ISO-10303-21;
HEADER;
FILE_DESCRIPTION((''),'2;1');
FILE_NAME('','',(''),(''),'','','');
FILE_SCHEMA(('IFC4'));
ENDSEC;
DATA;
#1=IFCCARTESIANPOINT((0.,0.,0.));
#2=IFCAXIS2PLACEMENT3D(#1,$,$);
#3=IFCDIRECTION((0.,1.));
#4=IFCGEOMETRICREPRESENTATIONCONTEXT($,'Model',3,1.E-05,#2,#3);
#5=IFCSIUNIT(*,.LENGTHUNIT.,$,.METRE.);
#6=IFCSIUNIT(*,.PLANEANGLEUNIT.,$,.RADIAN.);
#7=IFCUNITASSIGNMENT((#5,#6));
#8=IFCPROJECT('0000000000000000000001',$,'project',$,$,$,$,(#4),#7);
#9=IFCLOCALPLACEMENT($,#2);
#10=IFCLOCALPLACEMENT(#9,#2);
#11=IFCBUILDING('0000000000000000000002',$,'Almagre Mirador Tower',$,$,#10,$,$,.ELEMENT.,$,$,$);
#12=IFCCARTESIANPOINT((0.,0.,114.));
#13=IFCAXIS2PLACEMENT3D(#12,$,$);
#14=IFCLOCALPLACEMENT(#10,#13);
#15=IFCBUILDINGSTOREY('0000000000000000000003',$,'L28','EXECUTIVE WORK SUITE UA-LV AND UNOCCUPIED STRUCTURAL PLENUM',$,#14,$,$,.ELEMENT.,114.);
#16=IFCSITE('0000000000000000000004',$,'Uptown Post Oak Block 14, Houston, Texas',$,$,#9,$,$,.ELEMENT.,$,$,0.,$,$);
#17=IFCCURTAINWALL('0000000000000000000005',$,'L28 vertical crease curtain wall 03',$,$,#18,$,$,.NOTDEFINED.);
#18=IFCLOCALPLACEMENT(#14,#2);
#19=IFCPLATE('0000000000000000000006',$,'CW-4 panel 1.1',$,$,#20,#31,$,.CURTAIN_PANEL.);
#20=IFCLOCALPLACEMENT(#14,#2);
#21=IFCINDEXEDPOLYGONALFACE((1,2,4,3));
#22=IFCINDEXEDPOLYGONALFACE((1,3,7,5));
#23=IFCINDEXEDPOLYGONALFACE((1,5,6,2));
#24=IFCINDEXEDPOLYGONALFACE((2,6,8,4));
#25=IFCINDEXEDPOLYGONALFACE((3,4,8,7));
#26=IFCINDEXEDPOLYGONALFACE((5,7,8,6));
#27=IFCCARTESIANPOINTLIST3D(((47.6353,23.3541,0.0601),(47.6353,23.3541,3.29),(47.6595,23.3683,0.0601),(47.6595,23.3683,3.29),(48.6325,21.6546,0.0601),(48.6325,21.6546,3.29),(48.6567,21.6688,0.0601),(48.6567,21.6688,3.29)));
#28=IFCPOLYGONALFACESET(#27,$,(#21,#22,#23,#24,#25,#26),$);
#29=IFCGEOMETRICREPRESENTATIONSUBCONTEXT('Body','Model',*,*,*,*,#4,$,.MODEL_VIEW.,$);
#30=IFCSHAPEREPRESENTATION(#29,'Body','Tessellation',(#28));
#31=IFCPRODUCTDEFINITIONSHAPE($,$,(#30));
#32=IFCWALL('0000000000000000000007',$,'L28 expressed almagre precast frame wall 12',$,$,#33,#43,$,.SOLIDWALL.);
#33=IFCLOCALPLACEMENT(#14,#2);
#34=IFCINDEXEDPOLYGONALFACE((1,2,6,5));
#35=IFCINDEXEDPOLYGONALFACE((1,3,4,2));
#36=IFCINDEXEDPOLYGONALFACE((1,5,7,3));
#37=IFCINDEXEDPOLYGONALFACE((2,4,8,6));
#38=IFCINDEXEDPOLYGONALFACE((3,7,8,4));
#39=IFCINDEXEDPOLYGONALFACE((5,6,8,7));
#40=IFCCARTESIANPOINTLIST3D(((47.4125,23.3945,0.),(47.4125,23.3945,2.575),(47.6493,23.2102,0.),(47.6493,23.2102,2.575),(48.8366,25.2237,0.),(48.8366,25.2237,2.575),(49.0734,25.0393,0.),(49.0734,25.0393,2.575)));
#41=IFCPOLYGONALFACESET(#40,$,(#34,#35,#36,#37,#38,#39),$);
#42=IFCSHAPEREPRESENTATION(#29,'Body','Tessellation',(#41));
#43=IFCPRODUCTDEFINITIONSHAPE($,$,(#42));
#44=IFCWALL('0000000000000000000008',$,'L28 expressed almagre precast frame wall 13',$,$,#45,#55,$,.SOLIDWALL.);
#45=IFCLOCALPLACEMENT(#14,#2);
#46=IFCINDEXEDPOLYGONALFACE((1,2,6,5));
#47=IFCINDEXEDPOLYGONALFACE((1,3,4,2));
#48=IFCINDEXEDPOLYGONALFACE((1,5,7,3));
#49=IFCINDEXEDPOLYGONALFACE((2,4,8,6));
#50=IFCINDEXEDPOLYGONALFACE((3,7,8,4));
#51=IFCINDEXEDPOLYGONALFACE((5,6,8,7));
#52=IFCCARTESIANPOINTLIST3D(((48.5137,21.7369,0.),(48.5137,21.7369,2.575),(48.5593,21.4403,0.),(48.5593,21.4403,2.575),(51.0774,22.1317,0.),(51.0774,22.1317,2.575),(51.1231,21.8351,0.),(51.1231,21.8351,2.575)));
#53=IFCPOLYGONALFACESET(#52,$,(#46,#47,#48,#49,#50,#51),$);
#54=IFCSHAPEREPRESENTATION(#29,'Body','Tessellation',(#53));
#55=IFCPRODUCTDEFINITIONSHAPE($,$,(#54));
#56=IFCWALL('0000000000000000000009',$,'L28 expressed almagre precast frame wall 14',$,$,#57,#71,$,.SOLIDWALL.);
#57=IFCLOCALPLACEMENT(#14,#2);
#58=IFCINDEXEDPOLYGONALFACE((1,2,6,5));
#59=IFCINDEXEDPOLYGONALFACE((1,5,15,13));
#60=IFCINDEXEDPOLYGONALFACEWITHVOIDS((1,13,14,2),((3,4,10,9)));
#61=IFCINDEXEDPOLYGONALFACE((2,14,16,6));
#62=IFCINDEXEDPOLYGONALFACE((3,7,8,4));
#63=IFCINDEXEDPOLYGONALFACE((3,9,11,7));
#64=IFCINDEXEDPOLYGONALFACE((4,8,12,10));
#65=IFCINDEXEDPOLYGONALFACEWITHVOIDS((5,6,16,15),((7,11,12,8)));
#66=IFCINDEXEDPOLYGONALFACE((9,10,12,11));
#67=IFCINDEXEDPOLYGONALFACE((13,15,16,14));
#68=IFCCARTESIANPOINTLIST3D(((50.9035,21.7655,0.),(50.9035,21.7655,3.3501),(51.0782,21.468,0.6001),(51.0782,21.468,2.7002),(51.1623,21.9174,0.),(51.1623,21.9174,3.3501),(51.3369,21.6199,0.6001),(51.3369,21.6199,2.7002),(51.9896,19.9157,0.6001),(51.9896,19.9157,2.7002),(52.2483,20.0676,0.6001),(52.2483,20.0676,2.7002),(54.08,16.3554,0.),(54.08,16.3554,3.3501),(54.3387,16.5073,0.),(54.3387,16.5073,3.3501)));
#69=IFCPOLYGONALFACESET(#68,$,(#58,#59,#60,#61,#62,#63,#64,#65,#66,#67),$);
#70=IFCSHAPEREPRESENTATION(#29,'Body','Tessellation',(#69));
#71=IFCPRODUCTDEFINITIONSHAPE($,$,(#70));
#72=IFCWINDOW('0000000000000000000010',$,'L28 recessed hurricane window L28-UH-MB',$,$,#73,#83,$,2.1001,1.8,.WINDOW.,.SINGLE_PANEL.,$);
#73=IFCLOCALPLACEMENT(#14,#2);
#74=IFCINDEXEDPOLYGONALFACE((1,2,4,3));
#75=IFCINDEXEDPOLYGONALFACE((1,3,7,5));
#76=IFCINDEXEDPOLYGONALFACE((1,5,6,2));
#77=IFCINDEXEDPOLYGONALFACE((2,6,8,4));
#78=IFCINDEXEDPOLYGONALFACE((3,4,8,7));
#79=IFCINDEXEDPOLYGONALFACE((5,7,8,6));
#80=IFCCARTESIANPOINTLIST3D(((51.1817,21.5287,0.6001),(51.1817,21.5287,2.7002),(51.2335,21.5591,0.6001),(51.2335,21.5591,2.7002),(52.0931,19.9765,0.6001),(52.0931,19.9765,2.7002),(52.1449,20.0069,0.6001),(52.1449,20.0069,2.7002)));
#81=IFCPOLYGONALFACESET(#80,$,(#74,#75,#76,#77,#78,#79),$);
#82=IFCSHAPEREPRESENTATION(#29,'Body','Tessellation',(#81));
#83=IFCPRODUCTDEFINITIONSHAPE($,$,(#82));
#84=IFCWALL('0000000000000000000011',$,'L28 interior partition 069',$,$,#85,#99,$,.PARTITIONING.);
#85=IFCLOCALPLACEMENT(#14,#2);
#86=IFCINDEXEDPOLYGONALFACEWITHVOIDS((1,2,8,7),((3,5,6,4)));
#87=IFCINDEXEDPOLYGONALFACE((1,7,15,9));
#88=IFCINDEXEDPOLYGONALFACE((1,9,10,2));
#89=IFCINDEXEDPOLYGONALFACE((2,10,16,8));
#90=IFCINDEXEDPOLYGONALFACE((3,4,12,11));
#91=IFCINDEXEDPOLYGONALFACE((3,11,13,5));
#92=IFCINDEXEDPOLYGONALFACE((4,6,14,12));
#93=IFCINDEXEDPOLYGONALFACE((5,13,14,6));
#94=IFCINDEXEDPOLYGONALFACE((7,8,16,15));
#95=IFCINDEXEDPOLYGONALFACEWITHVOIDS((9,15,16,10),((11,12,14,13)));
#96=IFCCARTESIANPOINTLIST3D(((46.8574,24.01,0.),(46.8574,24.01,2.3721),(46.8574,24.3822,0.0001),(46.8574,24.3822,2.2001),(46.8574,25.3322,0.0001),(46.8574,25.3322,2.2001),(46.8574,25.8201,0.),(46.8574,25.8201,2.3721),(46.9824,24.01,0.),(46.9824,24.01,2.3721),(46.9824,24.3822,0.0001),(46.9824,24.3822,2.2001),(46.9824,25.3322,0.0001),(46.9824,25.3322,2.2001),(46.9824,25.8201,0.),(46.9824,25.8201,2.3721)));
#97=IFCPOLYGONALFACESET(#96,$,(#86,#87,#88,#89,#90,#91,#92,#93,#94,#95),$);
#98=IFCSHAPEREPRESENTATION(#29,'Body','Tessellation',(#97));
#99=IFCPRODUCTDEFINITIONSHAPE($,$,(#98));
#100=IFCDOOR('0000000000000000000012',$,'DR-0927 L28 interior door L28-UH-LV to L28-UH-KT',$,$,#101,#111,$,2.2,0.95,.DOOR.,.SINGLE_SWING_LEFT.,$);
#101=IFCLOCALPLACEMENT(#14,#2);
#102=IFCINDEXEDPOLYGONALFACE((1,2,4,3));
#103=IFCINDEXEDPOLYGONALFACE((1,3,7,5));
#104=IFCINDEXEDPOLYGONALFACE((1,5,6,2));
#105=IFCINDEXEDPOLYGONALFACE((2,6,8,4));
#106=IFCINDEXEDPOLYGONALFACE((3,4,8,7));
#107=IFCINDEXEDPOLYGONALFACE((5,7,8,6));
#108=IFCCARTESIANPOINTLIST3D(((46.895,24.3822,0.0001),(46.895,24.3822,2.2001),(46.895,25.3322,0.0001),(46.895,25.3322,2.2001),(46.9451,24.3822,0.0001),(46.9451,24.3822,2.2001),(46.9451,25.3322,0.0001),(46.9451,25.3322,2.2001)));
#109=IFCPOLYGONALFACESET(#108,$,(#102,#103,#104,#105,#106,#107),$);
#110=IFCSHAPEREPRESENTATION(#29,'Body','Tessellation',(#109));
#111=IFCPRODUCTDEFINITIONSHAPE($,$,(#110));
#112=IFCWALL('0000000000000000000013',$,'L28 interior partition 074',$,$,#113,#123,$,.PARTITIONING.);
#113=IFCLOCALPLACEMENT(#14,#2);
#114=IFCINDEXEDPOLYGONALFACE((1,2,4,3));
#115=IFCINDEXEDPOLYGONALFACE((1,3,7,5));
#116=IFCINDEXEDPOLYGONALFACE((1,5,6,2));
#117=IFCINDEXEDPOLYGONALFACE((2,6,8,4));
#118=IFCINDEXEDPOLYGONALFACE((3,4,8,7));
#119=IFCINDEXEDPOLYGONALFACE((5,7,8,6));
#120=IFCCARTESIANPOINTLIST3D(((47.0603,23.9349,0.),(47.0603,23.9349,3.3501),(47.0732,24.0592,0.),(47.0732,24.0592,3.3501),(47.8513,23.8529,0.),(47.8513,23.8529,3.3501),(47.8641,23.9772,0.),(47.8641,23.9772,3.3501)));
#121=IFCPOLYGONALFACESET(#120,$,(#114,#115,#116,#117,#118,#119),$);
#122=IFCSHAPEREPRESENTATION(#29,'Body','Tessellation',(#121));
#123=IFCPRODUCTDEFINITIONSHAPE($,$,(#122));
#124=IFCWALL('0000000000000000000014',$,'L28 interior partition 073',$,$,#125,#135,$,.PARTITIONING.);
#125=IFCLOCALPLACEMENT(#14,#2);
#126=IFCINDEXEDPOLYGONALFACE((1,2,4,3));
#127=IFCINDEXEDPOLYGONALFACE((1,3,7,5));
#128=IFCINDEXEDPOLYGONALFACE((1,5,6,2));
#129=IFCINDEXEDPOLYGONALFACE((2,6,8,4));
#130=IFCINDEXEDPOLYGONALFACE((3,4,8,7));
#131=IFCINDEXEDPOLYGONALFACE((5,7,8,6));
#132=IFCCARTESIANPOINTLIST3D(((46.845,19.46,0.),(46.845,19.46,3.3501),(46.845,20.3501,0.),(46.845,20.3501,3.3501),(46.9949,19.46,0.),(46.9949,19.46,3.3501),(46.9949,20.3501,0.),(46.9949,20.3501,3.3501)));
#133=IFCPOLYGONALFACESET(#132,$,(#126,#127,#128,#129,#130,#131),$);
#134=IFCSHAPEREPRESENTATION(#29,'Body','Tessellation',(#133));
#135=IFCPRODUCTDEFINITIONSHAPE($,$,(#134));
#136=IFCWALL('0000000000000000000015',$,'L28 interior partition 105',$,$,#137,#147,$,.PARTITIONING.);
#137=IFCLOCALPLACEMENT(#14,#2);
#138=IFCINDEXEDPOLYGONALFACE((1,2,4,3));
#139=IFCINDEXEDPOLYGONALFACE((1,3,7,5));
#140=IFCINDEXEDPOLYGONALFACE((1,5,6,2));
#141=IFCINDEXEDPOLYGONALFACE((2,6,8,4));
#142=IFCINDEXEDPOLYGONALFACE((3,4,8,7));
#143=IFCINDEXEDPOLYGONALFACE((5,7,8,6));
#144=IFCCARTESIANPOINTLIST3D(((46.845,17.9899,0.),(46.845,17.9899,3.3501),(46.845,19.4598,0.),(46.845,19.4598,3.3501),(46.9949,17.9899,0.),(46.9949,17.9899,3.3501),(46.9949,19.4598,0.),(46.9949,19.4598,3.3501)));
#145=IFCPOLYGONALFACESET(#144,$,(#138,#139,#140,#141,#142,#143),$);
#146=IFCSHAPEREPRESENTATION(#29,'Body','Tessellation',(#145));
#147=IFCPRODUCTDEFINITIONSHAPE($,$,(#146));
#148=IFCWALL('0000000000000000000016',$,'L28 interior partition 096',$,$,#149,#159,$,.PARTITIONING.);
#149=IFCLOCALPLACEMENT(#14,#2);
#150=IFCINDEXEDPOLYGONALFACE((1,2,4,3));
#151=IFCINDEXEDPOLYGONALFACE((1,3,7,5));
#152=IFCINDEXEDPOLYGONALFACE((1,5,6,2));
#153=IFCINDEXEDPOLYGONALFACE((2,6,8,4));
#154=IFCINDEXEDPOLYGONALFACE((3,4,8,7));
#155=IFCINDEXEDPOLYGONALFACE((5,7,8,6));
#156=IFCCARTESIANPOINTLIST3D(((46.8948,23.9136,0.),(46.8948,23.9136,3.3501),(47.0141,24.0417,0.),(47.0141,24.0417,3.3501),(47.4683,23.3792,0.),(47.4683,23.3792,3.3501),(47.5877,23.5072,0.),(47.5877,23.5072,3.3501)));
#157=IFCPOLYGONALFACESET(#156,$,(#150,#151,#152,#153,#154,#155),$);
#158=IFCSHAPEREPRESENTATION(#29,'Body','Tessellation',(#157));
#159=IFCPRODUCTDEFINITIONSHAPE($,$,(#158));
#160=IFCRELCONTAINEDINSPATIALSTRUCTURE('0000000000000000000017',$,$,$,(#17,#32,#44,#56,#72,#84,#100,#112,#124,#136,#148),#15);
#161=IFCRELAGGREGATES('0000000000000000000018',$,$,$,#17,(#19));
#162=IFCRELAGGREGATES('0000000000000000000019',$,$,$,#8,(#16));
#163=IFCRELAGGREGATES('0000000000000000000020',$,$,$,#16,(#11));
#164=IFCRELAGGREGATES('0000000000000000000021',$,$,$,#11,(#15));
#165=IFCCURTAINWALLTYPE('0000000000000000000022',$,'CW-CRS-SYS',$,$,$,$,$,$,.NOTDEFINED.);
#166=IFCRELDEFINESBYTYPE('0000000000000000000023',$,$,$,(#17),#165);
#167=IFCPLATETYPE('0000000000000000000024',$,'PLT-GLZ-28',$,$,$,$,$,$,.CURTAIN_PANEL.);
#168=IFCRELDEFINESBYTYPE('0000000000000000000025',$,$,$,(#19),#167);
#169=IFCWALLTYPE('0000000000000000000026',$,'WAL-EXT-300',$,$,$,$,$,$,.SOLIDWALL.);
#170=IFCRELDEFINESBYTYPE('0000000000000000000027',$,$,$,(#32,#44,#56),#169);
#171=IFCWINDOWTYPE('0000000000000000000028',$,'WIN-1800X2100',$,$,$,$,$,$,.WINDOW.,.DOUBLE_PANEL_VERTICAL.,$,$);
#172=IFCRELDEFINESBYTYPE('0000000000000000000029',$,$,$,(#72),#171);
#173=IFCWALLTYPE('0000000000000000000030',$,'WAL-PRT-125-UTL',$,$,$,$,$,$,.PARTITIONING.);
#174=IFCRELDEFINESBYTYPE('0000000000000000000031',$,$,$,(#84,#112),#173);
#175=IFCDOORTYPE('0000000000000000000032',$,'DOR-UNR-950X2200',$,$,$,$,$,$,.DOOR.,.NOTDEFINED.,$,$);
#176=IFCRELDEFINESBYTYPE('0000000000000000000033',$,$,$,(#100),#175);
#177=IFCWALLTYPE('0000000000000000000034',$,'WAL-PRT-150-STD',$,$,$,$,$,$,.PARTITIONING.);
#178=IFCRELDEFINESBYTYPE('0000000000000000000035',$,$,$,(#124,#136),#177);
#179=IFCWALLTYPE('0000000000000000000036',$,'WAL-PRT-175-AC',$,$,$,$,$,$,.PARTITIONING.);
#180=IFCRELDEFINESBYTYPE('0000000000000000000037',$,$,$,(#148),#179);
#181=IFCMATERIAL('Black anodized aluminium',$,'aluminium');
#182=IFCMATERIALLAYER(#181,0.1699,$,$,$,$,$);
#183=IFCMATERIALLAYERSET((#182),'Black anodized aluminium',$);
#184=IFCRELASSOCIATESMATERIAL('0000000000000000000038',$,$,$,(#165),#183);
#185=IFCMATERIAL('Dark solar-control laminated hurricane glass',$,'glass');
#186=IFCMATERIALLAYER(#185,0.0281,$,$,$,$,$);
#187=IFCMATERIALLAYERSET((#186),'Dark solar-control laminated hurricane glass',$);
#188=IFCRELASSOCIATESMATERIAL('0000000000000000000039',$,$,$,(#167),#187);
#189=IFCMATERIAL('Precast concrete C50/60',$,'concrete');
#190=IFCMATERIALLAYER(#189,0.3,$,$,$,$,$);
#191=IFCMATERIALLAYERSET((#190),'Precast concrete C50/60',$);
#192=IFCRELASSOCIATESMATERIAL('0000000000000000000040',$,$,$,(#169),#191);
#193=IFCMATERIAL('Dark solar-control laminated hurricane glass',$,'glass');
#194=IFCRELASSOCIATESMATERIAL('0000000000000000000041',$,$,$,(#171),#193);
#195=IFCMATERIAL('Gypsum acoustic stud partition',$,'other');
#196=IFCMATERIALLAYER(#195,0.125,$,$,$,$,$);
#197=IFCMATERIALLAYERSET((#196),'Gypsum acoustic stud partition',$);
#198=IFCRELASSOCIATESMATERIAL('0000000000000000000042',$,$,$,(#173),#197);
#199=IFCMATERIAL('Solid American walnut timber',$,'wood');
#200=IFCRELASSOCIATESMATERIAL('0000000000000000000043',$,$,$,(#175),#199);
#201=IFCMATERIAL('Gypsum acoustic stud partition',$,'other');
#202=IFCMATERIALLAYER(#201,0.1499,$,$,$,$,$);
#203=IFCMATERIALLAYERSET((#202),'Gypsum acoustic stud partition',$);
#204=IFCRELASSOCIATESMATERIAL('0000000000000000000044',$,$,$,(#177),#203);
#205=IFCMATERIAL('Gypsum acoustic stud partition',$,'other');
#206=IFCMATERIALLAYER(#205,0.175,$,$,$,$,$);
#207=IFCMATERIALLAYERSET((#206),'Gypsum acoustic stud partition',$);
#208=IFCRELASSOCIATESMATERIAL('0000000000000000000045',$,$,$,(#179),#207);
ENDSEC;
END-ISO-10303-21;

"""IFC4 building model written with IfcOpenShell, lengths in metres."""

from ifc_helpers import new_model, si_unit, direction, frame, frame_2d, origin, origin_2d, place, context, subcontext, project, spatial, rectangle, extrude, material, layer, layer_set, type_object, element, fill, aggregate, save


model = new_model("IFC4")

# Units and contexts
model_context = context("Model", 3, precision=1e-05, world=origin(), true_north=direction((0.0, 1.0)))
body_context = subcontext(model_context, "Body", "Model", "MODEL_VIEW")
ifc_project = project(units=[si_unit("LENGTHUNIT", "METRE"), si_unit("PLANEANGLEUNIT", "RADIAN")], contexts=[model_context])

# Site, building, storey
site_placement = place(None, origin())
site = spatial("IfcSite", under=ifc_project, at=site_placement, Name="Uptown Post Oak Block 14, Houston, Texas", CompositionType="ELEMENT", RefElevation=0.0)
building_placement = place(site_placement, origin())
building = spatial("IfcBuilding", under=site, at=building_placement, Name="Almagre Mirador Tower", CompositionType="ELEMENT")
storey_placement = place(building_placement, frame((0.0, 0.0, 114.0)))
storey = spatial("IfcBuildingStorey", under=building, at=storey_placement, Name="L28", Description="EXECUTIVE WORK SUITE UA-LV AND UNOCCUPIED STRUCTURAL PLENUM", CompositionType="ELEMENT", Elevation=114.0)

# Curtain wall, plate
ifc_material_1 = material(Name="Black anodized aluminium", Category="aluminium")
ifc_layer_1 = layer(ifc_material_1, 0.1699)
ifc_layer_set_1 = layer_set([ifc_layer_1], Name="Black anodized aluminium")
curtain_wall_type = type_object("IfcCurtainWallType", Name="CW-CRS-SYS", PredefinedType="NOTDEFINED", material=ifc_layer_set_1)
curtain_wall_placement = place(storey_placement, origin())
curtain_wall = element("IfcCurtainWall", 1, at=curtain_wall_placement, inside=storey, type_object=curtain_wall_type, Name="L28 vertical crease curtain wall 03", PredefinedType="NOTDEFINED")
ifc_material_2 = material(Name="Dark solar-control laminated hurricane glass", Category="glass")
ifc_layer_2 = layer(ifc_material_2, 0.0281)
ifc_layer_set_2 = layer_set([ifc_layer_2], Name="Dark solar-control laminated hurricane glass")
plate_type = type_object("IfcPlateType", Name="PLT-GLZ-28", PredefinedType="CURTAIN_PANEL", material=ifc_layer_set_2)
plate_placement = place(storey_placement, frame((48.146, 22.5115, 0.0601), z_axis=(0.0, 0.0, 1.0), x_axis=(0.5061, -0.862475, 0.0)))
plate = element("IfcPlate", 2, at=plate_placement, type_object=plate_type, Name="CW-4 panel 1.1", PredefinedType="CURTAIN_PANEL", context=body_context, shape_type="SweptSolid", body=[
    extrude(rectangle(XDim=1.9705, YDim=0.0281, at=origin_2d()), origin(), (0.0, 0.0, 1.0), 3.23),
])
aggregate(curtain_wall, [plate])

# Walls
ifc_material_3 = material(Name="Precast concrete C50/60", Category="concrete")
ifc_layer_3 = layer(ifc_material_3, 0.3)
ifc_layer_set_3 = layer_set([ifc_layer_3], Name="Precast concrete C50/60")
wall_type_1 = type_object("IfcWallType", Name="WAL-EXT-300", PredefinedType="SOLIDWALL", material=ifc_layer_set_3)
wall_1_placement = place(storey_placement, frame((48.9551, 25.1316, 0.0), z_axis=(0.0, 0.0, 1.0), x_axis=(-0.614327, -0.789052, 0.0)))
element("IfcWall", 3, at=wall_1_placement, inside=storey, type_object=wall_type_1, Name="L28 expressed almagre precast frame wall 12", PredefinedType="SOLIDWALL", context=body_context, shape_type="SweptSolid", body=[
    extrude(rectangle(XDim=2.3181, YDim=0.3, at=frame_2d((1.1592, 0.0))), origin(), (0.0, 0.0, 1.0), 2.575),
])
wall_2_placement = place(storey_placement, frame((48.5366, 21.5886, 0.0), z_axis=(0.0, 0.0, 1.0), x_axis=(0.988351, 0.152192, 0.0)))
element("IfcWall", 4, at=wall_2_placement, inside=storey, type_object=wall_type_1, Name="L28 expressed almagre precast frame wall 13", PredefinedType="SOLIDWALL", context=body_context, shape_type="SweptSolid", body=[
    extrude(rectangle(XDim=2.594, YDim=0.3, at=frame_2d((1.2969, 0.0))), origin(), (0.0, 0.0, 1.0), 2.575),
])

# Wall, opening, window
wall_3_placement = place(storey_placement, frame((51.033, 21.8413, 0.0), z_axis=(0.0, 0.0, 1.0), x_axis=(0.506318, -0.862347, 0.0)))
wall_3 = element("IfcWall", 5, at=wall_3_placement, inside=storey, type_object=wall_type_1, Name="L28 expressed almagre precast frame wall 14", PredefinedType="SOLIDWALL", context=body_context, shape_type="SweptSolid", body=[
    extrude(rectangle(XDim=6.2737, YDim=0.3, at=frame_2d((3.1367, 0.0))), origin(), (0.0, 0.0, 1.0), 3.3501),
])
opening_1_placement = place(wall_3_placement, frame((0.345, 0.0, 0.6001)))
opening_1 = element("IfcOpeningElement", 6, at=opening_1_placement, cuts=wall_3, PredefinedType="OPENING", context=body_context, shape_type="SweptSolid", body=[
    extrude(rectangle(XDim=1.8, YDim=2.1001, at=frame_2d((0.8999, 1.05))), frame((0.0, 0.1599, 0.0), z_axis=(0.0, -1.0, 0.0), x_axis=(1.0, 0.0, 0.0)), (0.0, 0.0, 1.0), 0.32),
])
ifc_material_4 = material(Name="Dark solar-control laminated hurricane glass", Category="glass")
window_type = type_object("IfcWindowType", Name="WIN-1800X2100", PartitioningType="DOUBLE_PANEL_VERTICAL", PredefinedType="WINDOW", material=ifc_material_4)
window_placement = place(opening_1_placement, origin())
window = element("IfcWindow", 7, at=window_placement, inside=storey, type_object=window_type, Name="L28 recessed hurricane window L28-UH-MB", OverallHeight=2.1001, OverallWidth=1.8, PartitioningType="SINGLE_PANEL", PredefinedType="WINDOW", context=body_context, shape_type="SweptSolid", body=[
    extrude(rectangle(XDim=1.8, YDim=2.1001, at=frame_2d((0.8999, 1.05))), frame((0.0, 0.03, 0.0), z_axis=(0.0, -1.0, 0.0), x_axis=(1.0, 0.0, 0.0)), (0.0, 0.0, 1.0), 0.0601),
])
fill(opening_1, window)

# Wall, opening, door
ifc_material_5 = material(Name="Gypsum acoustic stud partition", Category="other")
ifc_layer_4 = layer(ifc_material_5, 0.125)
ifc_layer_set_4 = layer_set([ifc_layer_4], Name="Gypsum acoustic stud partition")
wall_type_2 = type_object("IfcWallType", Name="WAL-PRT-125-UTL", PredefinedType="PARTITIONING", material=ifc_layer_set_4)
wall_4_placement = place(storey_placement, frame((46.9199, 24.01, 0.0), z_axis=(0.0, 0.0, 1.0), x_axis=(0.0, 1.0, 0.0)))
wall_4 = element("IfcWall", 8, at=wall_4_placement, inside=storey, type_object=wall_type_2, Name="L28 interior partition 069", PredefinedType="PARTITIONING", context=body_context, shape_type="SweptSolid", body=[
    extrude(rectangle(XDim=1.8101, YDim=0.125, at=frame_2d((0.905, 0.0))), origin(), (0.0, 0.0, 1.0), 2.3721),
])
opening_2_placement = place(wall_4_placement, frame((0.3721, 0.0, 0.0)))
opening_2 = element("IfcOpeningElement", 9, at=opening_2_placement, cuts=wall_4, PredefinedType="OPENING", context=body_context, shape_type="SweptSolid", body=[
    extrude(rectangle(XDim=0.95, YDim=2.2, at=frame_2d((0.4751, 1.1001))), frame((0.0, 0.0725, 0.0), z_axis=(0.0, -1.0, 0.0), x_axis=(1.0, 0.0, 0.0)), (0.0, 0.0, 1.0), 0.145),
])
ifc_material_6 = material(Name="Solid American walnut timber", Category="wood")
door_type_1 = type_object("IfcDoorType", Name="DOR-UNR-950X2200", OperationType="NOTDEFINED", PredefinedType="DOOR", material=ifc_material_6)
door_1_placement = place(opening_2_placement, origin())
door_1 = element("IfcDoor", 10, at=door_1_placement, inside=storey, type_object=door_type_1, Name="DR-0927 L28 interior door L28-UH-LV to L28-UH-KT", OperationType="SINGLE_SWING_LEFT", OverallHeight=2.2, OverallWidth=0.95, PredefinedType="DOOR", context=body_context, shape_type="SweptSolid", body=[
    extrude(rectangle(XDim=0.95, YDim=2.2, at=frame_2d((0.4751, 1.1001))), frame((0.0, 0.0249, 0.0), z_axis=(0.0, -1.0, 0.0), x_axis=(1.0, 0.0, 0.0)), (0.0, 0.0, 1.0), 0.05),
])
fill(opening_2, door_1)

# Wall
wall_5_placement = place(storey_placement, frame((47.0669, 23.9971, 0.0), z_axis=(0.0, 0.0, 1.0), x_axis=(0.994666, -0.103151, 0.0)))
element("IfcWall", 11, at=wall_5_placement, inside=storey, type_object=wall_type_2, Name="L28 interior partition 074", PredefinedType="PARTITIONING", context=body_context, shape_type="SweptSolid", body=[
    extrude(rectangle(XDim=0.7952, YDim=0.125, at=frame_2d((0.3975, 0.0))), origin(), (0.0, 0.0, 1.0), 3.3501),
])

# Shared definitions
ifc_material_7 = material(Name="Gypsum acoustic stud partition", Category="other")
ifc_layer_5 = layer(ifc_material_7, 0.1499)
ifc_layer_set_5 = layer_set([ifc_layer_5], Name="Gypsum acoustic stud partition")
wall_type_3 = type_object("IfcWallType", Name="WAL-PRT-150-STD", PredefinedType="PARTITIONING", material=ifc_layer_set_5)

# Walls
wall_6_placement = place(storey_placement, frame((46.9199, 19.46, 0.0), z_axis=(0.0, 0.0, 1.0), x_axis=(0.0, 1.0, 0.0)))
element("IfcWall", 12, at=wall_6_placement, inside=storey, type_object=wall_type_3, Name="L28 interior partition 073", PredefinedType="PARTITIONING", context=body_context, shape_type="SweptSolid", body=[
    extrude(rectangle(XDim=0.8901, YDim=0.1499, at=frame_2d((0.4451, 0.0))), origin(), (0.0, 0.0, 1.0), 3.3501),
])
wall_7_placement = place(storey_placement, frame((46.9199, 17.99, 0.0), z_axis=(0.0, 0.0, 1.0), x_axis=(0.0, 1.0, 0.0)))
element("IfcWall", 13, at=wall_7_placement, inside=storey, type_object=wall_type_3, Name="L28 interior partition 105", PredefinedType="PARTITIONING", context=body_context, shape_type="SweptSolid", body=[
    extrude(rectangle(XDim=1.47, YDim=0.1499, at=frame_2d((0.7349, 0.0))), origin(), (0.0, 0.0, 1.0), 3.3501),
])
ifc_material_8 = material(Name="Gypsum acoustic stud partition", Category="other")
ifc_layer_6 = layer(ifc_material_8, 0.175)
ifc_layer_set_6 = layer_set([ifc_layer_6], Name="Gypsum acoustic stud partition")
wall_type_4 = type_object("IfcWallType", Name="WAL-PRT-175-AC", PredefinedType="PARTITIONING", material=ifc_layer_set_6)
wall_8_placement = place(storey_placement, frame((47.5281, 23.4431, 0.0), z_axis=(0.0, 0.0, 1.0), x_axis=(-0.731583, 0.681752, 0.0)))
element("IfcWall", 14, at=wall_8_placement, inside=storey, type_object=wall_type_4, Name="L28 interior partition 096", PredefinedType="PARTITIONING", context=body_context, shape_type="SweptSolid", body=[
    extrude(rectangle(XDim=0.7839, YDim=0.175, at=frame_2d((0.3921, 0.0))), origin(), (0.0, 0.0, 1.0), 3.3501),
])

save(model, "model.ifc")
